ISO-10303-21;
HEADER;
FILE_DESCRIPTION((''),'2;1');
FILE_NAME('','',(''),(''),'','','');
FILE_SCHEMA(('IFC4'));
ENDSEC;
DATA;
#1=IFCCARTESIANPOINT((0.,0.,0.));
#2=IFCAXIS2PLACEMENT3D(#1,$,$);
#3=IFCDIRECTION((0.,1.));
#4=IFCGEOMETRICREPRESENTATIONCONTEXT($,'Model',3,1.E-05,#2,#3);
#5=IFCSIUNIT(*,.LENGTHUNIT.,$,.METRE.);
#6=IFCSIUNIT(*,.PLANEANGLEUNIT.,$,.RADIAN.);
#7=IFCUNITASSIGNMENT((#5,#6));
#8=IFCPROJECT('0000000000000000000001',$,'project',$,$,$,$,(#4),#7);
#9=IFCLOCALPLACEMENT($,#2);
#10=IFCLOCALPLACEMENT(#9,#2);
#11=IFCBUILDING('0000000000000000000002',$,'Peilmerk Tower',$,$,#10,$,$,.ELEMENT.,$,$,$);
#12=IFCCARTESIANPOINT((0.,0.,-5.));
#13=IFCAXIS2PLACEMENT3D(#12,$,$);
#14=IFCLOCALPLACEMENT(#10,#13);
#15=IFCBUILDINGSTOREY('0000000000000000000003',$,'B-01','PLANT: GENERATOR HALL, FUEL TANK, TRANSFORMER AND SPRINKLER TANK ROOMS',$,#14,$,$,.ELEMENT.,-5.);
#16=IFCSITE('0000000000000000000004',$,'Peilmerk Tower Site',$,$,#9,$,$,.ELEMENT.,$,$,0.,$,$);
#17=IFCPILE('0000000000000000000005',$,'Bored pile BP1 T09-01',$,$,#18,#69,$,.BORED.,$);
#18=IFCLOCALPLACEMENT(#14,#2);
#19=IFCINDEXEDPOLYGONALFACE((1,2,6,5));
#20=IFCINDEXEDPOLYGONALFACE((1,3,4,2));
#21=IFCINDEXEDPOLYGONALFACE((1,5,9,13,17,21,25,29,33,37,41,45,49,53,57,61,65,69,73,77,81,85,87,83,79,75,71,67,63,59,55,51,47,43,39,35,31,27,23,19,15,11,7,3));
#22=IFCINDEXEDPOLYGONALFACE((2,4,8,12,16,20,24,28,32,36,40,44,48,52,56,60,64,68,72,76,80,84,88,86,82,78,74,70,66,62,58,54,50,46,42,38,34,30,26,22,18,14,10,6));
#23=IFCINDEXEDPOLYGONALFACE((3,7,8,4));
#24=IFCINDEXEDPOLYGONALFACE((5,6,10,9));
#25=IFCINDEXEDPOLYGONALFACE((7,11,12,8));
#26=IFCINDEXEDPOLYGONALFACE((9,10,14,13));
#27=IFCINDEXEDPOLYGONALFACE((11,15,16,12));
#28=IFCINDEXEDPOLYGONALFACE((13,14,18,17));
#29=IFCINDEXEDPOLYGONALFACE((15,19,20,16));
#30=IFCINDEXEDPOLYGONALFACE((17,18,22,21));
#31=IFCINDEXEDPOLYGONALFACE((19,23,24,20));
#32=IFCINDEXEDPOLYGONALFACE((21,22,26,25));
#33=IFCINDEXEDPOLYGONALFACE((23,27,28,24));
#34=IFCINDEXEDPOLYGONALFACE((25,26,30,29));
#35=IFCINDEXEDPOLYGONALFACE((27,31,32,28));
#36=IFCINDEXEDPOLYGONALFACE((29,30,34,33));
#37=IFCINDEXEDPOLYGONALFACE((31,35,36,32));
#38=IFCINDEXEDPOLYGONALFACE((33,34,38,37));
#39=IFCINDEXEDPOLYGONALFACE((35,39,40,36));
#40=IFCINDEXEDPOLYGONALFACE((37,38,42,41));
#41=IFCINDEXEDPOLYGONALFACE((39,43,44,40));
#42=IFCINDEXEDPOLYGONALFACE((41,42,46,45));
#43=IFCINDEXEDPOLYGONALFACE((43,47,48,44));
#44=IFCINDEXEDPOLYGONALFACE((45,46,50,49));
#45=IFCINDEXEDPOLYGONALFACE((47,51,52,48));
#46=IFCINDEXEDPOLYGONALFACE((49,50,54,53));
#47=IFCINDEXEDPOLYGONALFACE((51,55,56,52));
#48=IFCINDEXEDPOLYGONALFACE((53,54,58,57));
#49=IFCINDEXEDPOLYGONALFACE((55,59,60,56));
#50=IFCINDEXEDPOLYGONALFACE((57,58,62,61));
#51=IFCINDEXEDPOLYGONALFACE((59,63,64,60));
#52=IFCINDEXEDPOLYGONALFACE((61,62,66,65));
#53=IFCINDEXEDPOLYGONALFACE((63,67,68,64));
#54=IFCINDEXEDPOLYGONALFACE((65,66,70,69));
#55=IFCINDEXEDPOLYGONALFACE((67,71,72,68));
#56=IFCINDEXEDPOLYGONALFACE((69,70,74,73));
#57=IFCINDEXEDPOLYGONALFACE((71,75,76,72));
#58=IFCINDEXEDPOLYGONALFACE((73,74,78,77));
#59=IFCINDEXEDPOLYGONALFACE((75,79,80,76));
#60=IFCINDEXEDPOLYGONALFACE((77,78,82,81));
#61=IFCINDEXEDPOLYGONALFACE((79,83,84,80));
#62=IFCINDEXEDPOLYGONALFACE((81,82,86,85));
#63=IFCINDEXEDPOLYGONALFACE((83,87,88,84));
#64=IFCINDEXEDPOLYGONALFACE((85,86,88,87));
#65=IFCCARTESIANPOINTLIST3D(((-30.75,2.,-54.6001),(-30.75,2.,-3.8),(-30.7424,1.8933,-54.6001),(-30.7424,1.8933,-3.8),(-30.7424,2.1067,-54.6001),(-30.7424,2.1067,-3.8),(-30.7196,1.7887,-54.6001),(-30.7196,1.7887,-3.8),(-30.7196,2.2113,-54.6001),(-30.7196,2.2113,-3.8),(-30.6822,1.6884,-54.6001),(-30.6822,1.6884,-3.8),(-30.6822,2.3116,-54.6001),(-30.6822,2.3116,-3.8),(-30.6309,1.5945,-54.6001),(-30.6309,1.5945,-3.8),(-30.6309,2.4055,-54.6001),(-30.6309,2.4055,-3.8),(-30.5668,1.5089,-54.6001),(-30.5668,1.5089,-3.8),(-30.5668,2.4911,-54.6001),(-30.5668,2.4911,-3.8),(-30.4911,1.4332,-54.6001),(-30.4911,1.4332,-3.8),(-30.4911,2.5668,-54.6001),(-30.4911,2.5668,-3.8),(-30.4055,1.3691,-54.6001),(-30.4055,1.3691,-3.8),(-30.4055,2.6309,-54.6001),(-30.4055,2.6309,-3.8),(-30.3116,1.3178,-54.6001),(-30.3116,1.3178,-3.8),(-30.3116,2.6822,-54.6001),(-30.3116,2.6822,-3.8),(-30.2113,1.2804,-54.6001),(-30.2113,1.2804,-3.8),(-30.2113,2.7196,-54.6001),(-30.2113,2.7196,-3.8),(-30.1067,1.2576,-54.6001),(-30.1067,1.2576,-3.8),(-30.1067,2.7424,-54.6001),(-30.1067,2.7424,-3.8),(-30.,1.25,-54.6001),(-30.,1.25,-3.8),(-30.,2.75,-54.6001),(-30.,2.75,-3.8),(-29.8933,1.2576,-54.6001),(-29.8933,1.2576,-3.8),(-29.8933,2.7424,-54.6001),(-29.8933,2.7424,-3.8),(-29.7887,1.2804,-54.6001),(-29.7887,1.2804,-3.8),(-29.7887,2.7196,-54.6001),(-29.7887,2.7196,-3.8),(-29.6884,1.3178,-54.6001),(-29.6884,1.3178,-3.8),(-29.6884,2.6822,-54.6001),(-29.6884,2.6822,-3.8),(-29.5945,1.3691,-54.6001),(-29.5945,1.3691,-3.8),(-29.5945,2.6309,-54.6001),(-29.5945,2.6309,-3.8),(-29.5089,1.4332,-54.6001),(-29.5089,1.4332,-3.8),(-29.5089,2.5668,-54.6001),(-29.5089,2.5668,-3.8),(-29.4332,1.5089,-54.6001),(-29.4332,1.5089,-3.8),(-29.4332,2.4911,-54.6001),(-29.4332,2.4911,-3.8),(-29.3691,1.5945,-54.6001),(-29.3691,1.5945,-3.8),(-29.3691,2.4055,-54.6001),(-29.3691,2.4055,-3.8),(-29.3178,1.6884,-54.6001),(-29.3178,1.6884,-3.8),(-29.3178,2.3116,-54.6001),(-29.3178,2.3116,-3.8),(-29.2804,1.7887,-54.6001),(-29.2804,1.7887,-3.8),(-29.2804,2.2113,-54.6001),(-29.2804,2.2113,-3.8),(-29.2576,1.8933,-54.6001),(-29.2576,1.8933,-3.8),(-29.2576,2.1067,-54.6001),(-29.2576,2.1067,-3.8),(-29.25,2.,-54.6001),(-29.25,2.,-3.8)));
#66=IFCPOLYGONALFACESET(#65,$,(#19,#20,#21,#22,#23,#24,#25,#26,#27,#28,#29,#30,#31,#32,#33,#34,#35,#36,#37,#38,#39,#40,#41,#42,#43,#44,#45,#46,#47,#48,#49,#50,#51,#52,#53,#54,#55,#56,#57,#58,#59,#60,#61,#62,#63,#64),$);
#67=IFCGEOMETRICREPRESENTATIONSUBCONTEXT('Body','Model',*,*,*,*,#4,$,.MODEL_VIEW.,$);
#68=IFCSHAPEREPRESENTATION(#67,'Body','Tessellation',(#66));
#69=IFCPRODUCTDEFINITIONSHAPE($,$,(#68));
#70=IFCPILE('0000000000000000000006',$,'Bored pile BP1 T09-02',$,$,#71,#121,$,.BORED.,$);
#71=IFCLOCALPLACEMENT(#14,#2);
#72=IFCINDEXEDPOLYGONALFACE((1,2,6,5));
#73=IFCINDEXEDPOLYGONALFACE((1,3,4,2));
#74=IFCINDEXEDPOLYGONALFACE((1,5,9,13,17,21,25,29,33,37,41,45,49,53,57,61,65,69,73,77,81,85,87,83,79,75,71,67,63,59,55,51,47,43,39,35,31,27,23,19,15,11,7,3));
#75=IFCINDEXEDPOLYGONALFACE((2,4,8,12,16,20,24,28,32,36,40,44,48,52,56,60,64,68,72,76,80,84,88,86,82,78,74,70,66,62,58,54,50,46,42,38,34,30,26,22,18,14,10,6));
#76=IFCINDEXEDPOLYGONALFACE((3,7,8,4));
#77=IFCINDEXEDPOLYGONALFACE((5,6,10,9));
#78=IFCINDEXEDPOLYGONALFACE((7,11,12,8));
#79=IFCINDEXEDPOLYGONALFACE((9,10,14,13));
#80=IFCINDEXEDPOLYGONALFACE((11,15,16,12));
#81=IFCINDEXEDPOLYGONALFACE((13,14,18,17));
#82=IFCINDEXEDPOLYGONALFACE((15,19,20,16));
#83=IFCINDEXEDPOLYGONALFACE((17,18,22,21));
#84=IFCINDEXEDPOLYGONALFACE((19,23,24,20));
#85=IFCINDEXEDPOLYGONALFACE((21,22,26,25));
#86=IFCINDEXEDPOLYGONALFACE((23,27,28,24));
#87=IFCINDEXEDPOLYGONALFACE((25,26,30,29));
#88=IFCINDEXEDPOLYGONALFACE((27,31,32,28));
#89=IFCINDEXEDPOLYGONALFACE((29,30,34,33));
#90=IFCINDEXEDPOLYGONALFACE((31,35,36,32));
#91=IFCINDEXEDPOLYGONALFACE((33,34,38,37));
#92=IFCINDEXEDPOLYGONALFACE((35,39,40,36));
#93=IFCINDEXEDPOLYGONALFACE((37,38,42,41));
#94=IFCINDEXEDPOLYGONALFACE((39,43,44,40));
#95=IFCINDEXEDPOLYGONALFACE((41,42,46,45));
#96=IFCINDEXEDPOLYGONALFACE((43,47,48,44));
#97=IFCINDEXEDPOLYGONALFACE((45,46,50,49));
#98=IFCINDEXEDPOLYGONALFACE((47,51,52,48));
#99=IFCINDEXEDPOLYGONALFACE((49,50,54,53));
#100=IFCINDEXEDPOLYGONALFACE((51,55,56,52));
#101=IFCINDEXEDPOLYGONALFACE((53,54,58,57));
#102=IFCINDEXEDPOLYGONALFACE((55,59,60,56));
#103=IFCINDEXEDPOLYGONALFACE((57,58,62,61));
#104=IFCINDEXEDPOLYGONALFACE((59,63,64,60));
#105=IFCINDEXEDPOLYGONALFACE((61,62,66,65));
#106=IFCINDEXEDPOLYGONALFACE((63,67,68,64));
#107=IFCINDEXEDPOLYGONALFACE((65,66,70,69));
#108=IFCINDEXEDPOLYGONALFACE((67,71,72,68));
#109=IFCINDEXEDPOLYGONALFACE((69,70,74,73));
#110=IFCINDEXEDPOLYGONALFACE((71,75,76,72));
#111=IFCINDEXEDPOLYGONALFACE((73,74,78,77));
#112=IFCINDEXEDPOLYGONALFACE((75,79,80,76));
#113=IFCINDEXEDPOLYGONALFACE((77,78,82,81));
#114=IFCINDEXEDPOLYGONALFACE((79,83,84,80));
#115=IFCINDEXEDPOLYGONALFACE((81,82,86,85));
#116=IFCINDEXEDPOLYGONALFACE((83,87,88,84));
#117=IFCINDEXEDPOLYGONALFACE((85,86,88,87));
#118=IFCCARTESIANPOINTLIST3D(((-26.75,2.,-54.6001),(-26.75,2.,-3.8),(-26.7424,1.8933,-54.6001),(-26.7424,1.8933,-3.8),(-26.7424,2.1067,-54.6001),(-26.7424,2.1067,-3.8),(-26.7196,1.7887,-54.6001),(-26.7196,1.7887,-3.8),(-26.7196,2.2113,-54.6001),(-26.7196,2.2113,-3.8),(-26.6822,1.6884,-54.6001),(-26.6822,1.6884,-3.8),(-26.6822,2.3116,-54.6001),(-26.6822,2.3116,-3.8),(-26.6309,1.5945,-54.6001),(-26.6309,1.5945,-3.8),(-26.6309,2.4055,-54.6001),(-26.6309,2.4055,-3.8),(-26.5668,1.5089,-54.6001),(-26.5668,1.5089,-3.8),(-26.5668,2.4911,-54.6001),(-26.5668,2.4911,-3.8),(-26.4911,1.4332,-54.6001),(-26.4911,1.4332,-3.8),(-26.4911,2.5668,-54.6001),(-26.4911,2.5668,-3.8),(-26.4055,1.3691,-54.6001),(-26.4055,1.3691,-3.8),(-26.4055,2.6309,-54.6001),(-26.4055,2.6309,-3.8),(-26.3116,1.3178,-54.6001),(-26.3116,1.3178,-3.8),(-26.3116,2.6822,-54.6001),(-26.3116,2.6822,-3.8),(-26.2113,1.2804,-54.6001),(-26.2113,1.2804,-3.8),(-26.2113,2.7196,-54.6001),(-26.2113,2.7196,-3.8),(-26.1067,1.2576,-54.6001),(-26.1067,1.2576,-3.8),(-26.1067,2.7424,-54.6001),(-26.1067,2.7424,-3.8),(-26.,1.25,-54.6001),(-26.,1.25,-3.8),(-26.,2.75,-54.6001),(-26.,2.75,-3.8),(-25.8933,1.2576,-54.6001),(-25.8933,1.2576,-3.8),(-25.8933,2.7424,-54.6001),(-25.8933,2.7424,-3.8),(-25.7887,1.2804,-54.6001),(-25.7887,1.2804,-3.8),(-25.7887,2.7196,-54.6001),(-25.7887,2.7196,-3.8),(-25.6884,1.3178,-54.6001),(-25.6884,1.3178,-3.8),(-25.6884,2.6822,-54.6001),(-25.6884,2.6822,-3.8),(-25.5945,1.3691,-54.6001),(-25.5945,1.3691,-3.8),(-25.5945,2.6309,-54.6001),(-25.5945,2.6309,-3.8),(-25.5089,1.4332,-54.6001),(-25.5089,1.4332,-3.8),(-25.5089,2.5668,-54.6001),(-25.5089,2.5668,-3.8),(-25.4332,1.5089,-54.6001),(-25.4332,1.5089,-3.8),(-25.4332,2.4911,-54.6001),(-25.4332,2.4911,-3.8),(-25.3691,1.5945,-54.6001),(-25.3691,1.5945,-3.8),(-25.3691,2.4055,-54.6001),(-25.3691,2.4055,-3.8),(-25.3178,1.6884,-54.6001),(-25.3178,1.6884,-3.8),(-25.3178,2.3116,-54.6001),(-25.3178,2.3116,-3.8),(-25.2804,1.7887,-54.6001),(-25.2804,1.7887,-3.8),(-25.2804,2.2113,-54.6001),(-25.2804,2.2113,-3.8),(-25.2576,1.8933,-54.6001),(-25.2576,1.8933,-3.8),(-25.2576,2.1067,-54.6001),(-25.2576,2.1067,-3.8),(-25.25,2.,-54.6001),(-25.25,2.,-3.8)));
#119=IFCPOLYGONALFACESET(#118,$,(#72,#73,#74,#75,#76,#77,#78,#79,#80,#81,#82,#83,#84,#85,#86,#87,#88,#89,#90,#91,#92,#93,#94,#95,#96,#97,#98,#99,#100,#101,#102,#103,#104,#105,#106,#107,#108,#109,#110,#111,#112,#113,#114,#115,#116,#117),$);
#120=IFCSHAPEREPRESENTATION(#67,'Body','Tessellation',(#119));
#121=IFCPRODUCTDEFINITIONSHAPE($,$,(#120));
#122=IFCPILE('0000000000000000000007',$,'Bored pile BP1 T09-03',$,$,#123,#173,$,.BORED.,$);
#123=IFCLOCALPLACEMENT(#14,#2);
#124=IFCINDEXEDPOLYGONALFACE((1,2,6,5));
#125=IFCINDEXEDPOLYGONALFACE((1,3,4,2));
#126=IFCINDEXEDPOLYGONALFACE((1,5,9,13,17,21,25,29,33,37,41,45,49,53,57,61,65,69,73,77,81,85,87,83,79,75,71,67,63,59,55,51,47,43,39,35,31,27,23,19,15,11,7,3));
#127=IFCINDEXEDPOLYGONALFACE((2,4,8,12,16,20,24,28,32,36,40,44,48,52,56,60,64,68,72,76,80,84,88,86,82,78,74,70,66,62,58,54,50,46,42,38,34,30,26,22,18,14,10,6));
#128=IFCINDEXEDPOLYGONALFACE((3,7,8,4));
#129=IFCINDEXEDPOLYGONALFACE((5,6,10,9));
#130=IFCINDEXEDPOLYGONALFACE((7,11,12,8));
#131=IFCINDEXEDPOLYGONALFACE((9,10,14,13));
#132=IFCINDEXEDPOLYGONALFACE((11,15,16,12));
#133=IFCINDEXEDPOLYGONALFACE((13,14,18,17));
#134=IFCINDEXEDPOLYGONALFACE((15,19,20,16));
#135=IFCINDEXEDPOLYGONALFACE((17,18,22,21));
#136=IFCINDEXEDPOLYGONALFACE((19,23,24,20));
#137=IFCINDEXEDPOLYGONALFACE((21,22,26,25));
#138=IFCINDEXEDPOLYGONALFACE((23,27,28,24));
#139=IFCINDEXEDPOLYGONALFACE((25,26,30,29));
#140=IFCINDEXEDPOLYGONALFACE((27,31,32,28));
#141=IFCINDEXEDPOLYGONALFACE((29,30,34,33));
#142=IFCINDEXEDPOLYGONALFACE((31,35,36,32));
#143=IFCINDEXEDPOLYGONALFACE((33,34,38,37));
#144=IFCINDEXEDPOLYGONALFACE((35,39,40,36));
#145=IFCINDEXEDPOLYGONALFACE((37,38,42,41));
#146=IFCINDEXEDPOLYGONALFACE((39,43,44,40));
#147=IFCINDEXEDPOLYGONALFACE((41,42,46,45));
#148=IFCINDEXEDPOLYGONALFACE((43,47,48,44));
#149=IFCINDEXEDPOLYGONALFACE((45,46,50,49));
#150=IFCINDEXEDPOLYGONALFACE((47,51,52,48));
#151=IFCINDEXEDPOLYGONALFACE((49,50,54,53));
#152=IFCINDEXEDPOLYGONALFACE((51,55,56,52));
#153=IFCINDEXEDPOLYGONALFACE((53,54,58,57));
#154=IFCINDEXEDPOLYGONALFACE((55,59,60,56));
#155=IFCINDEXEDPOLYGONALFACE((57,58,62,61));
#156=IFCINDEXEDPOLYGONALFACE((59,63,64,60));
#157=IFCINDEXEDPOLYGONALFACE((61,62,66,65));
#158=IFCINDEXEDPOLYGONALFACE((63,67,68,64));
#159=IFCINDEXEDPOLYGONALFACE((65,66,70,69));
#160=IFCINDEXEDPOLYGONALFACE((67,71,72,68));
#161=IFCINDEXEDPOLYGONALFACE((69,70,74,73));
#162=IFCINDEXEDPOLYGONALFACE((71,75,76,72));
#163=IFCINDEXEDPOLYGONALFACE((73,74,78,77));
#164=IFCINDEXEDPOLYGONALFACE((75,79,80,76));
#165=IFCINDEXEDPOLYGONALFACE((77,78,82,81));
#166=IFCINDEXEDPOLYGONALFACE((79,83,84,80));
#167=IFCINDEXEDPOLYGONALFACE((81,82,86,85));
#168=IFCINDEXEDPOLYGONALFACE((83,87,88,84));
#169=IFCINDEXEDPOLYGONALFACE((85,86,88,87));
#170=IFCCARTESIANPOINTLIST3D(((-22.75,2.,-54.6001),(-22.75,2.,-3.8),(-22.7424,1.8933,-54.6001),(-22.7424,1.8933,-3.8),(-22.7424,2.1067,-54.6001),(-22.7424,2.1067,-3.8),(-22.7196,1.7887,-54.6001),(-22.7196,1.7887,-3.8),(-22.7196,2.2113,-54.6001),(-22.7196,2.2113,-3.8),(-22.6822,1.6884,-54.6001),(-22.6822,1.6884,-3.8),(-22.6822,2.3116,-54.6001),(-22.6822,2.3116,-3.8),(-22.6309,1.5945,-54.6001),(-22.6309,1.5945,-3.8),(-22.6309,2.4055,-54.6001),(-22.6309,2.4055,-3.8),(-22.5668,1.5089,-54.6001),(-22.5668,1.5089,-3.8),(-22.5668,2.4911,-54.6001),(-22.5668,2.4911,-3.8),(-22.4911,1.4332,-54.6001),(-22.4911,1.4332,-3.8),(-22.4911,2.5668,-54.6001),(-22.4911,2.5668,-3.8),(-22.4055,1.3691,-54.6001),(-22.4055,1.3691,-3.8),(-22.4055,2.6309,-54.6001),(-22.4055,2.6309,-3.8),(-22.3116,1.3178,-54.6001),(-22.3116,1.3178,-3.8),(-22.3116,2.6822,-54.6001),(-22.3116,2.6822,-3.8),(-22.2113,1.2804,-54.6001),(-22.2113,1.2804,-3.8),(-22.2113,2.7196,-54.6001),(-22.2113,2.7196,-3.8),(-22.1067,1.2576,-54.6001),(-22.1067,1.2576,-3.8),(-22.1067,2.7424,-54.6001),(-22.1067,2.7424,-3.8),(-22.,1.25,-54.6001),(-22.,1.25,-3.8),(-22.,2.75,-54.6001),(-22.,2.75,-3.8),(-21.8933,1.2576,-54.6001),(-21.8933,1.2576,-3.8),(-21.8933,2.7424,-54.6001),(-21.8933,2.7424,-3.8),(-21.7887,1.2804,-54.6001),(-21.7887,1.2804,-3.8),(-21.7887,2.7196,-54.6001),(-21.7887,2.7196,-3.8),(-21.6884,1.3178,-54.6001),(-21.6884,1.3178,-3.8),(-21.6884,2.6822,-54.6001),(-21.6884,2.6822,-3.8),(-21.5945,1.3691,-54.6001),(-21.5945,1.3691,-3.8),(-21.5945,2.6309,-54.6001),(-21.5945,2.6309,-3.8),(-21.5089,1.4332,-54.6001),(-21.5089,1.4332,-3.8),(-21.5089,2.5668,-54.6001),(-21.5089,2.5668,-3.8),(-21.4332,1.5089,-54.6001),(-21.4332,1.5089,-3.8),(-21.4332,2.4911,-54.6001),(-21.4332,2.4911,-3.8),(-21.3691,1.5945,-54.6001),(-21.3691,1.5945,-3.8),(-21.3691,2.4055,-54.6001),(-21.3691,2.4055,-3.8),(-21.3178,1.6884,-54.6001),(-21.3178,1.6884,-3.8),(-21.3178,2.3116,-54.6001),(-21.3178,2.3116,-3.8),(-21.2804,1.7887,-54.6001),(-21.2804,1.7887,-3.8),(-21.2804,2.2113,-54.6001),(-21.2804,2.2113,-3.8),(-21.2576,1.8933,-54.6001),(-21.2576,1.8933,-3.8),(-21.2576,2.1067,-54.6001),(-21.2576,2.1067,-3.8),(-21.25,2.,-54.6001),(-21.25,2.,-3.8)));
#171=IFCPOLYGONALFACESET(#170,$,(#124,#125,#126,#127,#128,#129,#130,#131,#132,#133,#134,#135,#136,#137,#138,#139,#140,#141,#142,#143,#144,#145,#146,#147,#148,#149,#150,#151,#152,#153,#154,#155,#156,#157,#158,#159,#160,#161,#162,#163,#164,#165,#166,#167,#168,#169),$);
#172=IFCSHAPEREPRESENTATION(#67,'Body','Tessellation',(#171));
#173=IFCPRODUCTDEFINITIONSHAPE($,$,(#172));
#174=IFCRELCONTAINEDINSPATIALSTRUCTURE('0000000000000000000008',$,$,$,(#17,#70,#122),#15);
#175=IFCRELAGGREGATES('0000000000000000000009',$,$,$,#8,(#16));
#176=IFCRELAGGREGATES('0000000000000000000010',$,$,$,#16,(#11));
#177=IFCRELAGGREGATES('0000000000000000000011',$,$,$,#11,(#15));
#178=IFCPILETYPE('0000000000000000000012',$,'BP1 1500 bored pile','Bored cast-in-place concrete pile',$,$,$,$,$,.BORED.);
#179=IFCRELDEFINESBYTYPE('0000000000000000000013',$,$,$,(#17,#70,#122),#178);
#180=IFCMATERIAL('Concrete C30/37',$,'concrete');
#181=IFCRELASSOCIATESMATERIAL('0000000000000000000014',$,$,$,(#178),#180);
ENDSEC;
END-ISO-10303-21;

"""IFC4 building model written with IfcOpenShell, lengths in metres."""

from ifc_helpers import new_model, si_unit, direction, frame, origin, origin_2d, place, context, subcontext, project, spatial, circle, extrude, material, material_profile, profile_set, type_object, element, save


model = new_model("IFC4")

# Units and contexts
model_context = context("Model", 3, precision=1e-05, world=origin(), true_north=direction((0.0, 1.0)))
body_context = subcontext(model_context, "Body", "Model", "MODEL_VIEW")
ifc_project = project(units=[si_unit("LENGTHUNIT", "METRE"), si_unit("PLANEANGLEUNIT", "RADIAN")], contexts=[model_context])

# Site, building, storey
site_placement = place(None, origin())
site = spatial("IfcSite", under=ifc_project, at=site_placement, Name="Peilmerk Tower Site", CompositionType="ELEMENT", RefElevation=0.0)
building_placement = place(site_placement, origin())
building = spatial("IfcBuilding", under=site, at=building_placement, Name="Peilmerk Tower", CompositionType="ELEMENT")
storey_placement = place(building_placement, frame((0.0, 0.0, -5.0)))
storey = spatial("IfcBuildingStorey", under=building, at=storey_placement, Name="B-01", Description="PLANT: GENERATOR HALL, FUEL TANK, TRANSFORMER AND SPRINKLER TANK ROOMS", CompositionType="ELEMENT", Elevation=-5.0)

# Piles
ifc_material_1 = material(Name="Concrete C30/37", Category="concrete")
ifc_material_profile_1 = material_profile(ifc_material_1, circle(Radius=0.75, at=origin_2d()), Name="BP 1500")
ifc_profile_set_1 = profile_set([ifc_material_profile_1], Name="Concrete C30/37")
pile_type_1 = type_object("IfcPileType", Name="BP1 1500 bored pile", Description="Bored cast-in-place concrete pile", PredefinedType="BORED", material=ifc_profile_set_1)
for number, where, z_axis, x_axis, name in (
    (1, (-30.0, 2.0, -3.8), (0.0, 0.0, -1.0), (1.0, 0.0, 0.0), "Bored pile BP1 T09-01"),
    (2, (-26.0, 2.0, -3.8), (0.0, 0.0, -1.0), (1.0, 0.0, 0.0), "Bored pile BP1 T09-02"),
    (3, (-22.0, 2.0, -3.8), (0.0, 0.0, -1.0), (1.0, 0.0, 0.0), "Bored pile BP1 T09-03"),
):
    element("IfcPile", number, at=place(storey_placement, frame(where, z_axis=z_axis, x_axis=x_axis)), inside=storey, type_object=pile_type_1, Name=name, PredefinedType="BORED", context=body_context, shape_type="SweptSolid", body=[
        extrude(circle(Radius=0.75, at=origin_2d()), origin(), (0.0, 0.0, 1.0), 50.8),
    ])

save(model, "model.ifc")
